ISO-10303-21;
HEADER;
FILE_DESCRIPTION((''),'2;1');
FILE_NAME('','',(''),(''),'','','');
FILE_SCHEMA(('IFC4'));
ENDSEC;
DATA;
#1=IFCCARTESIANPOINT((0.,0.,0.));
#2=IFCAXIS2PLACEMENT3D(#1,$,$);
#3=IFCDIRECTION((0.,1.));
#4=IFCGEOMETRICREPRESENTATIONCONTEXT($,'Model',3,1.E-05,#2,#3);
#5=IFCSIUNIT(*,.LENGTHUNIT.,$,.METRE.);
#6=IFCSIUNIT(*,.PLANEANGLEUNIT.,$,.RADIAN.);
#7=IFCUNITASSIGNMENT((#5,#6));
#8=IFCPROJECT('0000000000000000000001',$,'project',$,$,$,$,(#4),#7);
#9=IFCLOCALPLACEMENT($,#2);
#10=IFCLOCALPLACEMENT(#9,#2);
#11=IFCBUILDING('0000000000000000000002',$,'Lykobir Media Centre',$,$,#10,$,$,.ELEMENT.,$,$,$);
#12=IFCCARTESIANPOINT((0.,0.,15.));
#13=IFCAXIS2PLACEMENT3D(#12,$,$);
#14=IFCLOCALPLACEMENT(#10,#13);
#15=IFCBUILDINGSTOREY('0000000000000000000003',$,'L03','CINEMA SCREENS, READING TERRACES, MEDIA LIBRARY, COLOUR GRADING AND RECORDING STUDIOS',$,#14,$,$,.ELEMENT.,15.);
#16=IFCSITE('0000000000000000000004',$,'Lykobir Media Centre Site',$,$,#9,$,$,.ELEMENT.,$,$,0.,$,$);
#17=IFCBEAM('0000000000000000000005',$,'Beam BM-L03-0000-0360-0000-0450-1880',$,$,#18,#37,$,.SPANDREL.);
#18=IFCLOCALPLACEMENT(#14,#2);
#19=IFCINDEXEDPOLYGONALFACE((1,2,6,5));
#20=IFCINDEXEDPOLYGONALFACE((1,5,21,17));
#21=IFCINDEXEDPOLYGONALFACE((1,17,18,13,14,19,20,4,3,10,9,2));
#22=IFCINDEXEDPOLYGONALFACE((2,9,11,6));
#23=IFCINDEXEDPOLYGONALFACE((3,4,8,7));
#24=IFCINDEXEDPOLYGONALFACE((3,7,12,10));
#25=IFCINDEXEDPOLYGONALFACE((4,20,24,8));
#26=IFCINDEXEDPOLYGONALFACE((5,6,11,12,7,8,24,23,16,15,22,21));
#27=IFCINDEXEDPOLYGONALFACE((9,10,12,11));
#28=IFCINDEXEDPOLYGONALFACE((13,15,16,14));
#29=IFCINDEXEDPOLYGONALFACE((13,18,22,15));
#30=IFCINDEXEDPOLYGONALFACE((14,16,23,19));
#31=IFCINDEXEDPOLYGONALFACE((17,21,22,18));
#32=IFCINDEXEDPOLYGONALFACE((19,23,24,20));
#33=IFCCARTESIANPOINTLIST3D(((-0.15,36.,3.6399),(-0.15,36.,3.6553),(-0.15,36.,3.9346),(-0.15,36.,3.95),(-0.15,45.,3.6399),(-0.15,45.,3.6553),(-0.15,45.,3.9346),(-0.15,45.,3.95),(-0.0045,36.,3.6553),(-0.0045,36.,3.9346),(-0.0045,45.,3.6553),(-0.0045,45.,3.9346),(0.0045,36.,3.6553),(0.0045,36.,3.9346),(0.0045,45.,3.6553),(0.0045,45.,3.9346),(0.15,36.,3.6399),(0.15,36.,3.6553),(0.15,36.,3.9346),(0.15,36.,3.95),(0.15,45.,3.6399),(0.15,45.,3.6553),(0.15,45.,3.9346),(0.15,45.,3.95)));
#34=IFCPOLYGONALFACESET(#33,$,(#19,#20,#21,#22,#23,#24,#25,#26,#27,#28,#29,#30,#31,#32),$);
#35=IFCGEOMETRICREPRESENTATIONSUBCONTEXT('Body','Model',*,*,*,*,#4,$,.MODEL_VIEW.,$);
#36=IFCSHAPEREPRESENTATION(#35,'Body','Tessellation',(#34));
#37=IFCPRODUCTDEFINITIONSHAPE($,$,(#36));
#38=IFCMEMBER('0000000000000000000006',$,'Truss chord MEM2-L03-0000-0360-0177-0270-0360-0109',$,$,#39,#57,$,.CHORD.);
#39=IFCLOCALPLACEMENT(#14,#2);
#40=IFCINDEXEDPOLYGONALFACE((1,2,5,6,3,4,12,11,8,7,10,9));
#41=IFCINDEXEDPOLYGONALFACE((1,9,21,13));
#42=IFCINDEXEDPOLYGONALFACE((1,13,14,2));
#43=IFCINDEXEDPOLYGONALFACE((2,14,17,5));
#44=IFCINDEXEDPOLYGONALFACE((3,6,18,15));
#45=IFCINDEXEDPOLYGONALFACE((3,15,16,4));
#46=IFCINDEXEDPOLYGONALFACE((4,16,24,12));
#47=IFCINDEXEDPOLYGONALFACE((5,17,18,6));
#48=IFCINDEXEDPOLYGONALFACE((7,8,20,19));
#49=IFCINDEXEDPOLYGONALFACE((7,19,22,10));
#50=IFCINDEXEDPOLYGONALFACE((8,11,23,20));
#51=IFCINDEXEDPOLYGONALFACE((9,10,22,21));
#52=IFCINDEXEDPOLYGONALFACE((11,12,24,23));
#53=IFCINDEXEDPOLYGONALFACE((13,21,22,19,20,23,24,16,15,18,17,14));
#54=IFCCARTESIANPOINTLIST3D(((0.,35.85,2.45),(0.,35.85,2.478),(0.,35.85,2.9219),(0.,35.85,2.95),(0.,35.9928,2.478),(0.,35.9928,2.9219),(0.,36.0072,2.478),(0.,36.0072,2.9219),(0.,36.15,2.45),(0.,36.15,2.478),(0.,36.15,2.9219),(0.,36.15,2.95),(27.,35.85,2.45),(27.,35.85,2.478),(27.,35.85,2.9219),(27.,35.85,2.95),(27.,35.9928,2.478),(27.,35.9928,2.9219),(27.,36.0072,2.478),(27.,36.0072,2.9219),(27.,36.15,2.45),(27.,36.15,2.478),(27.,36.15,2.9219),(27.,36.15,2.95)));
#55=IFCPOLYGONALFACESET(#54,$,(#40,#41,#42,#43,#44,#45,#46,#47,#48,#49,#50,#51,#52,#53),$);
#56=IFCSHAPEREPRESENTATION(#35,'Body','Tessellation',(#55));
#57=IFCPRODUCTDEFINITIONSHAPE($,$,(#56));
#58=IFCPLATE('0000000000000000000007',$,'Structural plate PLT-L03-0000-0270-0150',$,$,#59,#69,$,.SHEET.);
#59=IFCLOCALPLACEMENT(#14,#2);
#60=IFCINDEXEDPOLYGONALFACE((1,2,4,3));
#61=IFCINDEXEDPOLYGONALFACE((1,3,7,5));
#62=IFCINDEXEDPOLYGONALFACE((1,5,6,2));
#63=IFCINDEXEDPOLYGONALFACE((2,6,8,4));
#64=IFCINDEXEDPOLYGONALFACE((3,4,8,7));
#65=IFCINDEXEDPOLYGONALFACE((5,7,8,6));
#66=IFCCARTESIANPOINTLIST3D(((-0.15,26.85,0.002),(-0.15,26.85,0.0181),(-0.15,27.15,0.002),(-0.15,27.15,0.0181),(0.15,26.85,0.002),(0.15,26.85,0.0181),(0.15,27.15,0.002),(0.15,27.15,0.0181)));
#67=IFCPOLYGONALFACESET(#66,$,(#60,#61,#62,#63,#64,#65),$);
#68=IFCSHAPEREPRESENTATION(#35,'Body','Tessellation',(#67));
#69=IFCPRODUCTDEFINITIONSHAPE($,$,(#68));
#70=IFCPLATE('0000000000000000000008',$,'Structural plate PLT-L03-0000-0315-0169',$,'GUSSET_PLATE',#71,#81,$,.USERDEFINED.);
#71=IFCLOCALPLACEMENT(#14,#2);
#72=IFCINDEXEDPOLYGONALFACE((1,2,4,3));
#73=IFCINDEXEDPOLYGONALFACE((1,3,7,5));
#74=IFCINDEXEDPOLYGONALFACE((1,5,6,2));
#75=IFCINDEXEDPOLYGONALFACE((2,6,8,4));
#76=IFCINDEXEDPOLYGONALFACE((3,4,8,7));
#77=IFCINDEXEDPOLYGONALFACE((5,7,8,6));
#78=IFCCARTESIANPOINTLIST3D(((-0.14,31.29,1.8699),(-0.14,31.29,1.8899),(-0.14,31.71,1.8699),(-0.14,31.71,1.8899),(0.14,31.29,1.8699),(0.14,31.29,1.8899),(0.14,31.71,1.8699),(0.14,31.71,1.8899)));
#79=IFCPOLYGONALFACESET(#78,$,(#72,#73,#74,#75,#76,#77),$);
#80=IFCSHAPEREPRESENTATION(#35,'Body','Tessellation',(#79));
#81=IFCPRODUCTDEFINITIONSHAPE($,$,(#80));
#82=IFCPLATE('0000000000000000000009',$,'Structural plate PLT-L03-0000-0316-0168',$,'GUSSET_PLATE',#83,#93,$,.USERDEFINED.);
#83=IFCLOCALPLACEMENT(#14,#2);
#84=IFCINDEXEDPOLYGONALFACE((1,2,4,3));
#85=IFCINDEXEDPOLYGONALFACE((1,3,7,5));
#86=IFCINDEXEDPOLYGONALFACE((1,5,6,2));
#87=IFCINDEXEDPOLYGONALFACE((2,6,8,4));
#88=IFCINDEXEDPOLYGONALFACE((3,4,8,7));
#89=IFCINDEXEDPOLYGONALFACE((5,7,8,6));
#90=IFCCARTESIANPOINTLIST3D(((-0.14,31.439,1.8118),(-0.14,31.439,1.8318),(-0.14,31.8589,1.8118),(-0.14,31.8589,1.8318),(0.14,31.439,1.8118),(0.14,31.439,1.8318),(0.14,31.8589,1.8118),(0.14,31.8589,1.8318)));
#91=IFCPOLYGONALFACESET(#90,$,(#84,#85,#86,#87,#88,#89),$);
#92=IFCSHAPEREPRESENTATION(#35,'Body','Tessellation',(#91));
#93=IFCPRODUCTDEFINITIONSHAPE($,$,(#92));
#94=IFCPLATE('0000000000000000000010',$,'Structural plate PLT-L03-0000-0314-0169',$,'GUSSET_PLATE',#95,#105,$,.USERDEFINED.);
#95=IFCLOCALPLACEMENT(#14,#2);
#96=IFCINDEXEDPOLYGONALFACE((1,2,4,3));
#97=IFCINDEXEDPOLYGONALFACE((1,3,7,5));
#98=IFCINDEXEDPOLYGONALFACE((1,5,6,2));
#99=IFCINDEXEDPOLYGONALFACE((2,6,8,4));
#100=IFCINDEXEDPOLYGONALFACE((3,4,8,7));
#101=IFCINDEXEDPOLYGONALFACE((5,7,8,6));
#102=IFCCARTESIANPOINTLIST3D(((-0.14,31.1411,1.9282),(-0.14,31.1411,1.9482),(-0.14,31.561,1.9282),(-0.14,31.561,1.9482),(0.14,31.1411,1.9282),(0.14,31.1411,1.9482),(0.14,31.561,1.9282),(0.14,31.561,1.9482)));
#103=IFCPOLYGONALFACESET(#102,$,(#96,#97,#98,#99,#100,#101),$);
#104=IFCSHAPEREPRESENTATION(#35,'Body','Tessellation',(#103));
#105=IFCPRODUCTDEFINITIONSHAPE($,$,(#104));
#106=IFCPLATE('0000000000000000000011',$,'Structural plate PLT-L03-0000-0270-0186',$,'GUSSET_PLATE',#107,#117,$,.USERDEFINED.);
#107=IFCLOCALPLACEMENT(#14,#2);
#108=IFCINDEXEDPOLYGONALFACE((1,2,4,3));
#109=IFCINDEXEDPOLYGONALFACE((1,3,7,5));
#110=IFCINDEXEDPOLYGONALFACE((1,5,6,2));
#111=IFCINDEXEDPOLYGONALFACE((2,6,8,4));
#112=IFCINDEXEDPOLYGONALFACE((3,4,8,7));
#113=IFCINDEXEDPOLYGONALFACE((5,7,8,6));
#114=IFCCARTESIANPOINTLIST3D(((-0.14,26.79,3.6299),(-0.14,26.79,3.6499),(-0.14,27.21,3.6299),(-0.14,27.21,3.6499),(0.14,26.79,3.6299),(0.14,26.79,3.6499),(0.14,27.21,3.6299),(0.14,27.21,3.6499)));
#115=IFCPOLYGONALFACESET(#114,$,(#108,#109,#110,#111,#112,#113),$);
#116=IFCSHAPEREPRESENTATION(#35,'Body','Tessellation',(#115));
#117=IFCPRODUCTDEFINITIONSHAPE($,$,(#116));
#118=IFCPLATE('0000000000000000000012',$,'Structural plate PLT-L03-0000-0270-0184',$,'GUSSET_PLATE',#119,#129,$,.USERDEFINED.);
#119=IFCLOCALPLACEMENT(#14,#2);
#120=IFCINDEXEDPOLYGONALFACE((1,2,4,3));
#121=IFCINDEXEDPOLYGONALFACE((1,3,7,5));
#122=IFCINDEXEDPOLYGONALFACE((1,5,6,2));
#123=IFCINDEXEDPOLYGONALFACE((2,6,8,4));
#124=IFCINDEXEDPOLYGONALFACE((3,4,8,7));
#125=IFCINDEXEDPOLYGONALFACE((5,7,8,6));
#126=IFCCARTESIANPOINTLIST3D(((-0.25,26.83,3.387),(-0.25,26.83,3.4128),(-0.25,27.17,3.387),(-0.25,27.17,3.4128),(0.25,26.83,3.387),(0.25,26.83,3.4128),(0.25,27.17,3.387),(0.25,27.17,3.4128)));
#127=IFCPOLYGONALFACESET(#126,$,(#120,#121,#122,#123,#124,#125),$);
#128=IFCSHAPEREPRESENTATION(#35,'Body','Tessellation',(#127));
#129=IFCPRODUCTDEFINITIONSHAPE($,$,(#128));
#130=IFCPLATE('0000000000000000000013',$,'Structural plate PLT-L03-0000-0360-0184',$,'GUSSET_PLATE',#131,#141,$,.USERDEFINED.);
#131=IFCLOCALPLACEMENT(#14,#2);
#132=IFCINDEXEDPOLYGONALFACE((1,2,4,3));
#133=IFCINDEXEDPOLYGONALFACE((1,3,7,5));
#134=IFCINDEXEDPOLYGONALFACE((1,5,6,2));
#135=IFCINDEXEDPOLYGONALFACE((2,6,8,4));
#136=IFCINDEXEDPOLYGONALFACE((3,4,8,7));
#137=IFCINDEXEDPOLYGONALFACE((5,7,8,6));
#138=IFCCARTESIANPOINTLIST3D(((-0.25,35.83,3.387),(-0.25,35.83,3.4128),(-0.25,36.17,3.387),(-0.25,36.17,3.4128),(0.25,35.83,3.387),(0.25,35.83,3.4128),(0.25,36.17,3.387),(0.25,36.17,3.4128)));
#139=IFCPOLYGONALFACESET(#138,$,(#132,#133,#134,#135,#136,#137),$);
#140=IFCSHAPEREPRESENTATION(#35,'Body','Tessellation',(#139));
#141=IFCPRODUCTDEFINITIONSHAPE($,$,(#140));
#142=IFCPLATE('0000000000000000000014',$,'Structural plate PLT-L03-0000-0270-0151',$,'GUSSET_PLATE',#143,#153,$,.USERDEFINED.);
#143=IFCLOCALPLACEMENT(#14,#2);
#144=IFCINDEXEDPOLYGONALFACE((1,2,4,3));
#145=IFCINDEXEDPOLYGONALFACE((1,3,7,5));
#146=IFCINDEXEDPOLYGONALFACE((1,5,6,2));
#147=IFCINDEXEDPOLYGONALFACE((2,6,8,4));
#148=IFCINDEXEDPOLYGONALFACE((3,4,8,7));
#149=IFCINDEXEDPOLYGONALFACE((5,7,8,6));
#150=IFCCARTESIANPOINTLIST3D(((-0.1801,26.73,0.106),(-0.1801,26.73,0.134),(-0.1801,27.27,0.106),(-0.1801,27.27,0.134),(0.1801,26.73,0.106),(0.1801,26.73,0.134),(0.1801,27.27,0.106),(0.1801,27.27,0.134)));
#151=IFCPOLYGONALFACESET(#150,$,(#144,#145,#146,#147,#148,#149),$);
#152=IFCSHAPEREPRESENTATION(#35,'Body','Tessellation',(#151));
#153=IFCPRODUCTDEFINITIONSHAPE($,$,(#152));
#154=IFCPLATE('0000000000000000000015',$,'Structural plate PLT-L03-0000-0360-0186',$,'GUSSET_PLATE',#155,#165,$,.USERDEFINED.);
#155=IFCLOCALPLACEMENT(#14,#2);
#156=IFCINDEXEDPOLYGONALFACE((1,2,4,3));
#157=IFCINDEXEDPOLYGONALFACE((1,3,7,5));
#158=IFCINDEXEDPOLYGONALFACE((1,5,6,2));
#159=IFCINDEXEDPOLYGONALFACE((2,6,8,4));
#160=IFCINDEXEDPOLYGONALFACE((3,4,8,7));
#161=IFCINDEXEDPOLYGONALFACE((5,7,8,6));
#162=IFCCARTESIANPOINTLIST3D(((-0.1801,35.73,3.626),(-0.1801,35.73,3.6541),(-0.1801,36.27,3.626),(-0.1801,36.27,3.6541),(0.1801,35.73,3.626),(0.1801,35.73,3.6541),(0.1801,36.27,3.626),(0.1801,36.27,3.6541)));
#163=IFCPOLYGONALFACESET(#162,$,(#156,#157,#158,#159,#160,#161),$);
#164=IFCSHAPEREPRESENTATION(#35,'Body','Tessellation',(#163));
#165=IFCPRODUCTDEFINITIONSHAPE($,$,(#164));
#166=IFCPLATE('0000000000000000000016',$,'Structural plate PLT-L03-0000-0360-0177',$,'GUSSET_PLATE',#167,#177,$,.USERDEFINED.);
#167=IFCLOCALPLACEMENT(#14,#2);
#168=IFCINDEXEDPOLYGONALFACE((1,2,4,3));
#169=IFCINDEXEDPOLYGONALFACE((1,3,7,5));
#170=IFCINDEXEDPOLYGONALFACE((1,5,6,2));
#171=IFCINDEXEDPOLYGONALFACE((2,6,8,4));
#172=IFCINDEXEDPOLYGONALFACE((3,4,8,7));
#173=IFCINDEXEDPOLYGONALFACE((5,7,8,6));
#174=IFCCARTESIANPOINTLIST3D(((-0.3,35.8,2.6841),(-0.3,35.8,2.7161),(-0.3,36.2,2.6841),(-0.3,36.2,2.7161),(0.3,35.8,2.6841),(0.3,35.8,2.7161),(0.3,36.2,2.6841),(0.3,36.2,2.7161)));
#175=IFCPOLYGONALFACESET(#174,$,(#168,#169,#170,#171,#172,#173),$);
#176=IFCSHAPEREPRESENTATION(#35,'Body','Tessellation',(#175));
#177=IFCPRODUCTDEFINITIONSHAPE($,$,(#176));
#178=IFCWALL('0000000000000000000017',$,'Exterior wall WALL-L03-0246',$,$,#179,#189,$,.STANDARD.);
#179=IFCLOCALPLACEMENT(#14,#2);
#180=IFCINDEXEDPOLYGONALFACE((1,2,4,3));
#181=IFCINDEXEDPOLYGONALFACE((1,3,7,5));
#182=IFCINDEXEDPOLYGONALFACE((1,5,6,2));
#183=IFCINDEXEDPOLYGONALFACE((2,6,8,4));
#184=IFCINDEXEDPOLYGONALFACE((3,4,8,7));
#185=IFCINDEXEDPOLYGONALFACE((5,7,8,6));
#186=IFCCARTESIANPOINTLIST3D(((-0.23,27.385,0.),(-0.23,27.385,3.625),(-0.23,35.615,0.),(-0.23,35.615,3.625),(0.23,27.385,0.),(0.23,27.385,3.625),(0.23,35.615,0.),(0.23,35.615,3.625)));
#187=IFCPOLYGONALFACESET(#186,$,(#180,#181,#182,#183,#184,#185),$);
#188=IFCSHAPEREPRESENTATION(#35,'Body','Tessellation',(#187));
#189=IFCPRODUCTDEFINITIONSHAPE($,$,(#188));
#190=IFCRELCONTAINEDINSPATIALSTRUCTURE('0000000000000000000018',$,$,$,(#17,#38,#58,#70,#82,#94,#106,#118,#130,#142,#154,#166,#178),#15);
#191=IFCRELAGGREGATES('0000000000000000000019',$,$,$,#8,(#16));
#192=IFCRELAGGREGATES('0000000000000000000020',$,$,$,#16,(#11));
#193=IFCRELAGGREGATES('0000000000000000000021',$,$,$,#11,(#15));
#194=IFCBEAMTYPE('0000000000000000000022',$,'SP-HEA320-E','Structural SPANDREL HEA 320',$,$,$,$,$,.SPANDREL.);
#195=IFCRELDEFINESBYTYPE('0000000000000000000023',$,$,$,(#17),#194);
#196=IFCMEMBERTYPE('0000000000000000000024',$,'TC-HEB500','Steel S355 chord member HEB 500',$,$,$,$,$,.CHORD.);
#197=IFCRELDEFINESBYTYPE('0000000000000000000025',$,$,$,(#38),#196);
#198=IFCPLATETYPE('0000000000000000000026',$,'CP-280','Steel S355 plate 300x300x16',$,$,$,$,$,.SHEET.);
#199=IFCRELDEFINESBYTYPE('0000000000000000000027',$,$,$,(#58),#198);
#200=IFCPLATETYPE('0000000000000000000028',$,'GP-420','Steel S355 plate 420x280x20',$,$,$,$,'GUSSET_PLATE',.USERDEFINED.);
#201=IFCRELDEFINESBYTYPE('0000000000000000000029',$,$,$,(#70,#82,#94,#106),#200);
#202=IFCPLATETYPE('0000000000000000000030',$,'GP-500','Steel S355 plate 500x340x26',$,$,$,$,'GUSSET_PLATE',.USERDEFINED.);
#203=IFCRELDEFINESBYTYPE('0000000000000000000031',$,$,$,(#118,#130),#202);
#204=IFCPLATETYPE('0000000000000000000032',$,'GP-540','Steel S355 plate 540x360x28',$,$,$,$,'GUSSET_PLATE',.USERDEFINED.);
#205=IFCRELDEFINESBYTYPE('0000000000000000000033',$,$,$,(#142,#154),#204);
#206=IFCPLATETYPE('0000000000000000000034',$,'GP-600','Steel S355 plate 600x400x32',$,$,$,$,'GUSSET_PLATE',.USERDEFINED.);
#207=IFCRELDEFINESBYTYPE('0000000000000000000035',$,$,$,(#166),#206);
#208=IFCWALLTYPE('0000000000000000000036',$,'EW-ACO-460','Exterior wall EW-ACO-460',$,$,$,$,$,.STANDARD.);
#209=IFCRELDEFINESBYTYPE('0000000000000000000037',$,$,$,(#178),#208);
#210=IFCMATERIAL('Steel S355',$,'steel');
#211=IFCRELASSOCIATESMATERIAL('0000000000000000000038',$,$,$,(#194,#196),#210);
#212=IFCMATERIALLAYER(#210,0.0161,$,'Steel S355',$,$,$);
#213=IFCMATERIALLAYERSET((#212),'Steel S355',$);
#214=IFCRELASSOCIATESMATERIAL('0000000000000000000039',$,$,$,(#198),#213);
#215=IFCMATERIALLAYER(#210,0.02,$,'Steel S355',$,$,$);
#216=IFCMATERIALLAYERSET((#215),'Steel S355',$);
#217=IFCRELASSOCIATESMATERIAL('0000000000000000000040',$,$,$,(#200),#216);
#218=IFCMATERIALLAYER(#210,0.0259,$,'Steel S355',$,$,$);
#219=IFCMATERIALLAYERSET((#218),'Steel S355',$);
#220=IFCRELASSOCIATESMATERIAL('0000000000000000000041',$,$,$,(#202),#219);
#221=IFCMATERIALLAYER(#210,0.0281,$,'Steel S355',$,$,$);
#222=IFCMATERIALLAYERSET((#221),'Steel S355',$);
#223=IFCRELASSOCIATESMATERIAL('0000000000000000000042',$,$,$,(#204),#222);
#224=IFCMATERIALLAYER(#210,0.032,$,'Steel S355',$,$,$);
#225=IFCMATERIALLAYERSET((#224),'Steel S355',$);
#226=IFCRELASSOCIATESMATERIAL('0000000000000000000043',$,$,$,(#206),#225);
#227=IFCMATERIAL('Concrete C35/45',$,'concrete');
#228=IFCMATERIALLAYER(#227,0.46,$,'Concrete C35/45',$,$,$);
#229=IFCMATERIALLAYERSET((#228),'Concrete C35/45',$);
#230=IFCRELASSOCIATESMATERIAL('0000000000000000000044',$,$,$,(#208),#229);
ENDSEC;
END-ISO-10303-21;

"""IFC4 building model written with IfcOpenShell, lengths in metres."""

from ifc_helpers import new_model, si_unit, direction, frame, frame_2d, origin, origin_2d, place, context, subcontext, project, spatial, rectangle, i_section, extrude, material, layer, layer_set, material_profile, profile_set, type_object, element, save


model = new_model("IFC4")

# Units and contexts
model_context = context("Model", 3, precision=1e-05, world=origin(), true_north=direction((0.0, 1.0)))
body_context = subcontext(model_context, "Body", "Model", "MODEL_VIEW")
ifc_project = project(units=[si_unit("LENGTHUNIT", "METRE"), si_unit("PLANEANGLEUNIT", "RADIAN")], contexts=[model_context])

# Site, building, storey
site_placement = place(None, origin())
site = spatial("IfcSite", under=ifc_project, at=site_placement, Name="Lykobir Media Centre Site", CompositionType="ELEMENT", RefElevation=0.0)
building_placement = place(site_placement, origin())
building = spatial("IfcBuilding", under=site, at=building_placement, Name="Lykobir Media Centre", CompositionType="ELEMENT")
storey_placement = place(building_placement, frame((0.0, 0.0, 15.0)))
storey = spatial("IfcBuildingStorey", under=building, at=storey_placement, Name="L03", Description="CINEMA SCREENS, READING TERRACES, MEDIA LIBRARY, COLOUR GRADING AND RECORDING STUDIOS", CompositionType="ELEMENT", Elevation=15.0)

# Shared definitions
ifc_material_1 = material(Name="Steel S355", Category="steel")

# Beam
ifc_material_profile_1 = material_profile(ifc_material_1, i_section(OverallWidth=0.3, OverallDepth=0.3101, WebThickness=0.009, FlangeThickness=0.0154, at=origin_2d()), Name="HEA 320")
ifc_profile_set_1 = profile_set([ifc_material_profile_1], Name="Steel S355")
beam_type_1 = type_object("IfcBeamType", Name="SP-HEA320-E", Description="Structural SPANDREL HEA 320", PredefinedType="SPANDREL", material=ifc_profile_set_1)
beam_1_placement = place(storey_placement, frame((0.0, 36.0, 3.7949), z_axis=(0.0, 1.0, 0.0), x_axis=(-1.0, 0.0, 0.0)))
element("IfcBeam", 1, at=beam_1_placement, inside=storey, type_object=beam_type_1, Name="Beam BM-L03-0000-0360-0000-0450-1880", PredefinedType="SPANDREL", context=body_context, shape_type="SweptSolid", body=[
    extrude(i_section(OverallWidth=0.3, OverallDepth=0.3101, WebThickness=0.009, FlangeThickness=0.0154, at=origin_2d()), origin(), (0.0, 0.0, 1.0), 9.0),
])

# Member
ifc_material_profile_2 = material_profile(ifc_material_1, i_section(OverallWidth=0.3, OverallDepth=0.5, WebThickness=0.0144, FlangeThickness=0.0281, at=origin_2d()), Name="HEB 500")
ifc_profile_set_2 = profile_set([ifc_material_profile_2], Name="Steel S355")
member_type_1 = type_object("IfcMemberType", Name="TC-HEB500", Description="Steel S355 chord member HEB 500", PredefinedType="CHORD", material=ifc_profile_set_2)
member_1_placement = place(storey_placement, frame((0.0, 36.0, 2.7), z_axis=(1.0, 0.0, 0.0), x_axis=(0.0, 1.0, 0.0)))
element("IfcMember", 2, at=member_1_placement, inside=storey, type_object=member_type_1, Name="Truss chord MEM2-L03-0000-0360-0177-0270-0360-0109", PredefinedType="CHORD", context=body_context, shape_type="SweptSolid", body=[
    extrude(i_section(OverallWidth=0.3, OverallDepth=0.5, WebThickness=0.0144, FlangeThickness=0.0281, at=origin_2d()), origin(), (0.0, 0.0, 1.0), 27.0),
])

# Plates
ifc_layer_1 = layer(ifc_material_1, 0.0161, Name="Steel S355")
ifc_layer_set_1 = layer_set([ifc_layer_1], Name="Steel S355")
plate_type_1 = type_object("IfcPlateType", Name="CP-280", Description="Steel S355 plate 300x300x16", PredefinedType="SHEET", material=ifc_layer_set_1)
plate_1_placement = place(storey_placement, frame((0.0, 27.0, 0.002), z_axis=(0.0, 0.0, 1.0), x_axis=(0.0, 1.0, 0.0)))
element("IfcPlate", 3, at=plate_1_placement, inside=storey, type_object=plate_type_1, Name="Structural plate PLT-L03-0000-0270-0150", PredefinedType="SHEET", context=body_context, shape_type="SweptSolid", body=[
    extrude(rectangle(XDim=0.3, YDim=0.3, at=origin_2d()), origin(), (0.0, 0.0, 1.0), 0.0161),
])
ifc_layer_2 = layer(ifc_material_1, 0.02, Name="Steel S355")
ifc_layer_set_2 = layer_set([ifc_layer_2], Name="Steel S355")
plate_type_2 = type_object("IfcPlateType", Name="GP-420", Description="Steel S355 plate 420x280x20", ElementType="GUSSET_PLATE", PredefinedType="USERDEFINED", material=ifc_layer_set_2)
for number, where, z_axis, x_axis, name in (
    (4, (0.0, 31.5, 1.8699), (0.0, 0.0, 1.0), (0.0, 1.0, 0.0), "Structural plate PLT-L03-0000-0315-0169"),
    (5, (0.0, 31.6489, 1.8118), (0.0, 0.0, 1.0), (0.0, 1.0, 0.0), "Structural plate PLT-L03-0000-0316-0168"),
    (6, (0.0, 31.3511, 1.9282), (0.0, 0.0, 1.0), (0.0, 1.0, 0.0), "Structural plate PLT-L03-0000-0314-0169"),
    (7, (0.0, 27.0, 3.6299), (0.0, 0.0, 1.0), (0.0, 1.0, 0.0), "Structural plate PLT-L03-0000-0270-0186"),
):
    element("IfcPlate", number, at=place(storey_placement, frame(where, z_axis=z_axis, x_axis=x_axis)), inside=storey, type_object=plate_type_2, Name=name, ObjectType="GUSSET_PLATE", PredefinedType="USERDEFINED", context=body_context, shape_type="SweptSolid", body=[
        extrude(rectangle(XDim=0.4199, YDim=0.28, at=origin_2d()), origin(), (0.0, 0.0, 1.0), 0.02),
    ])
ifc_layer_3 = layer(ifc_material_1, 0.0259, Name="Steel S355")
ifc_layer_set_3 = layer_set([ifc_layer_3], Name="Steel S355")
plate_type_3 = type_object("IfcPlateType", Name="GP-500", Description="Steel S355 plate 500x340x26", ElementType="GUSSET_PLATE", PredefinedType="USERDEFINED", material=ifc_layer_set_3)
for number, where, z_axis, x_axis, name in (
    (8, (0.0, 27.0, 3.387), (0.0, 0.0, 1.0), (1.0, 0.0, 0.0), "Structural plate PLT-L03-0000-0270-0184"),
    (9, (0.0, 36.0, 3.387), (0.0, 0.0, 1.0), (1.0, 0.0, 0.0), "Structural plate PLT-L03-0000-0360-0184"),
):
    element("IfcPlate", number, at=place(storey_placement, frame(where, z_axis=z_axis, x_axis=x_axis)), inside=storey, type_object=plate_type_3, Name=name, ObjectType="GUSSET_PLATE", PredefinedType="USERDEFINED", context=body_context, shape_type="SweptSolid", body=[
        extrude(rectangle(XDim=0.5, YDim=0.3401, at=origin_2d()), origin(), (0.0, 0.0, 1.0), 0.0259),
    ])
ifc_layer_4 = layer(ifc_material_1, 0.0281, Name="Steel S355")
ifc_layer_set_4 = layer_set([ifc_layer_4], Name="Steel S355")
plate_type_4 = type_object("IfcPlateType", Name="GP-540", Description="Steel S355 plate 540x360x28", ElementType="GUSSET_PLATE", PredefinedType="USERDEFINED", material=ifc_layer_set_4)
for number, where, z_axis, x_axis, name in (
    (10, (0.0, 27.0, 0.106), (0.0, 0.0, 1.0), (0.0, 1.0, 0.0), "Structural plate PLT-L03-0000-0270-0151"),
    (11, (0.0, 36.0, 3.626), (0.0, 0.0, 1.0), (0.0, 1.0, 0.0), "Structural plate PLT-L03-0000-0360-0186"),
):
    element("IfcPlate", number, at=place(storey_placement, frame(where, z_axis=z_axis, x_axis=x_axis)), inside=storey, type_object=plate_type_4, Name=name, ObjectType="GUSSET_PLATE", PredefinedType="USERDEFINED", context=body_context, shape_type="SweptSolid", body=[
        extrude(rectangle(XDim=0.54, YDim=0.3601, at=origin_2d()), origin(), (0.0, 0.0, 1.0), 0.0281),
    ])
ifc_layer_5 = layer(ifc_material_1, 0.032, Name="Steel S355")
ifc_layer_set_5 = layer_set([ifc_layer_5], Name="Steel S355")
plate_type_5 = type_object("IfcPlateType", Name="GP-600", Description="Steel S355 plate 600x400x32", ElementType="GUSSET_PLATE", PredefinedType="USERDEFINED", material=ifc_layer_set_5)
plate_2_placement = place(storey_placement, frame((0.0, 36.0, 2.6841), z_axis=(0.0, 0.0, 1.0), x_axis=(1.0, 0.0, 0.0)))
element("IfcPlate", 12, at=plate_2_placement, inside=storey, type_object=plate_type_5, Name="Structural plate PLT-L03-0000-0360-0177", ObjectType="GUSSET_PLATE", PredefinedType="USERDEFINED", context=body_context, shape_type="SweptSolid", body=[
    extrude(rectangle(XDim=0.6001, YDim=0.3999, at=origin_2d()), origin(), (0.0, 0.0, 1.0), 0.032),
])

# Wall
ifc_material_2 = material(Name="Concrete C35/45", Category="concrete")
ifc_layer_6 = layer(ifc_material_2, 0.46, Name="Concrete C35/45")
ifc_layer_set_6 = layer_set([ifc_layer_6], Name="Concrete C35/45")
wall_type = type_object("IfcWallType", Name="EW-ACO-460", Description="Exterior wall EW-ACO-460", PredefinedType="STANDARD", material=ifc_layer_set_6)
wall_placement = place(storey_placement, frame((0.0, 35.615, 0.0), z_axis=(0.0, 0.0, 1.0), x_axis=(0.0, -1.0, 0.0)))
element("IfcWall", 13, at=wall_placement, inside=storey, type_object=wall_type, Name="Exterior wall WALL-L03-0246", PredefinedType="STANDARD", context=body_context, shape_type="SweptSolid", body=[
    extrude(rectangle(XDim=8.23, YDim=0.46, at=frame_2d((4.115, 0.0))), origin(), (0.0, 0.0, 1.0), 3.625),
])

save(model, "model.ifc")
